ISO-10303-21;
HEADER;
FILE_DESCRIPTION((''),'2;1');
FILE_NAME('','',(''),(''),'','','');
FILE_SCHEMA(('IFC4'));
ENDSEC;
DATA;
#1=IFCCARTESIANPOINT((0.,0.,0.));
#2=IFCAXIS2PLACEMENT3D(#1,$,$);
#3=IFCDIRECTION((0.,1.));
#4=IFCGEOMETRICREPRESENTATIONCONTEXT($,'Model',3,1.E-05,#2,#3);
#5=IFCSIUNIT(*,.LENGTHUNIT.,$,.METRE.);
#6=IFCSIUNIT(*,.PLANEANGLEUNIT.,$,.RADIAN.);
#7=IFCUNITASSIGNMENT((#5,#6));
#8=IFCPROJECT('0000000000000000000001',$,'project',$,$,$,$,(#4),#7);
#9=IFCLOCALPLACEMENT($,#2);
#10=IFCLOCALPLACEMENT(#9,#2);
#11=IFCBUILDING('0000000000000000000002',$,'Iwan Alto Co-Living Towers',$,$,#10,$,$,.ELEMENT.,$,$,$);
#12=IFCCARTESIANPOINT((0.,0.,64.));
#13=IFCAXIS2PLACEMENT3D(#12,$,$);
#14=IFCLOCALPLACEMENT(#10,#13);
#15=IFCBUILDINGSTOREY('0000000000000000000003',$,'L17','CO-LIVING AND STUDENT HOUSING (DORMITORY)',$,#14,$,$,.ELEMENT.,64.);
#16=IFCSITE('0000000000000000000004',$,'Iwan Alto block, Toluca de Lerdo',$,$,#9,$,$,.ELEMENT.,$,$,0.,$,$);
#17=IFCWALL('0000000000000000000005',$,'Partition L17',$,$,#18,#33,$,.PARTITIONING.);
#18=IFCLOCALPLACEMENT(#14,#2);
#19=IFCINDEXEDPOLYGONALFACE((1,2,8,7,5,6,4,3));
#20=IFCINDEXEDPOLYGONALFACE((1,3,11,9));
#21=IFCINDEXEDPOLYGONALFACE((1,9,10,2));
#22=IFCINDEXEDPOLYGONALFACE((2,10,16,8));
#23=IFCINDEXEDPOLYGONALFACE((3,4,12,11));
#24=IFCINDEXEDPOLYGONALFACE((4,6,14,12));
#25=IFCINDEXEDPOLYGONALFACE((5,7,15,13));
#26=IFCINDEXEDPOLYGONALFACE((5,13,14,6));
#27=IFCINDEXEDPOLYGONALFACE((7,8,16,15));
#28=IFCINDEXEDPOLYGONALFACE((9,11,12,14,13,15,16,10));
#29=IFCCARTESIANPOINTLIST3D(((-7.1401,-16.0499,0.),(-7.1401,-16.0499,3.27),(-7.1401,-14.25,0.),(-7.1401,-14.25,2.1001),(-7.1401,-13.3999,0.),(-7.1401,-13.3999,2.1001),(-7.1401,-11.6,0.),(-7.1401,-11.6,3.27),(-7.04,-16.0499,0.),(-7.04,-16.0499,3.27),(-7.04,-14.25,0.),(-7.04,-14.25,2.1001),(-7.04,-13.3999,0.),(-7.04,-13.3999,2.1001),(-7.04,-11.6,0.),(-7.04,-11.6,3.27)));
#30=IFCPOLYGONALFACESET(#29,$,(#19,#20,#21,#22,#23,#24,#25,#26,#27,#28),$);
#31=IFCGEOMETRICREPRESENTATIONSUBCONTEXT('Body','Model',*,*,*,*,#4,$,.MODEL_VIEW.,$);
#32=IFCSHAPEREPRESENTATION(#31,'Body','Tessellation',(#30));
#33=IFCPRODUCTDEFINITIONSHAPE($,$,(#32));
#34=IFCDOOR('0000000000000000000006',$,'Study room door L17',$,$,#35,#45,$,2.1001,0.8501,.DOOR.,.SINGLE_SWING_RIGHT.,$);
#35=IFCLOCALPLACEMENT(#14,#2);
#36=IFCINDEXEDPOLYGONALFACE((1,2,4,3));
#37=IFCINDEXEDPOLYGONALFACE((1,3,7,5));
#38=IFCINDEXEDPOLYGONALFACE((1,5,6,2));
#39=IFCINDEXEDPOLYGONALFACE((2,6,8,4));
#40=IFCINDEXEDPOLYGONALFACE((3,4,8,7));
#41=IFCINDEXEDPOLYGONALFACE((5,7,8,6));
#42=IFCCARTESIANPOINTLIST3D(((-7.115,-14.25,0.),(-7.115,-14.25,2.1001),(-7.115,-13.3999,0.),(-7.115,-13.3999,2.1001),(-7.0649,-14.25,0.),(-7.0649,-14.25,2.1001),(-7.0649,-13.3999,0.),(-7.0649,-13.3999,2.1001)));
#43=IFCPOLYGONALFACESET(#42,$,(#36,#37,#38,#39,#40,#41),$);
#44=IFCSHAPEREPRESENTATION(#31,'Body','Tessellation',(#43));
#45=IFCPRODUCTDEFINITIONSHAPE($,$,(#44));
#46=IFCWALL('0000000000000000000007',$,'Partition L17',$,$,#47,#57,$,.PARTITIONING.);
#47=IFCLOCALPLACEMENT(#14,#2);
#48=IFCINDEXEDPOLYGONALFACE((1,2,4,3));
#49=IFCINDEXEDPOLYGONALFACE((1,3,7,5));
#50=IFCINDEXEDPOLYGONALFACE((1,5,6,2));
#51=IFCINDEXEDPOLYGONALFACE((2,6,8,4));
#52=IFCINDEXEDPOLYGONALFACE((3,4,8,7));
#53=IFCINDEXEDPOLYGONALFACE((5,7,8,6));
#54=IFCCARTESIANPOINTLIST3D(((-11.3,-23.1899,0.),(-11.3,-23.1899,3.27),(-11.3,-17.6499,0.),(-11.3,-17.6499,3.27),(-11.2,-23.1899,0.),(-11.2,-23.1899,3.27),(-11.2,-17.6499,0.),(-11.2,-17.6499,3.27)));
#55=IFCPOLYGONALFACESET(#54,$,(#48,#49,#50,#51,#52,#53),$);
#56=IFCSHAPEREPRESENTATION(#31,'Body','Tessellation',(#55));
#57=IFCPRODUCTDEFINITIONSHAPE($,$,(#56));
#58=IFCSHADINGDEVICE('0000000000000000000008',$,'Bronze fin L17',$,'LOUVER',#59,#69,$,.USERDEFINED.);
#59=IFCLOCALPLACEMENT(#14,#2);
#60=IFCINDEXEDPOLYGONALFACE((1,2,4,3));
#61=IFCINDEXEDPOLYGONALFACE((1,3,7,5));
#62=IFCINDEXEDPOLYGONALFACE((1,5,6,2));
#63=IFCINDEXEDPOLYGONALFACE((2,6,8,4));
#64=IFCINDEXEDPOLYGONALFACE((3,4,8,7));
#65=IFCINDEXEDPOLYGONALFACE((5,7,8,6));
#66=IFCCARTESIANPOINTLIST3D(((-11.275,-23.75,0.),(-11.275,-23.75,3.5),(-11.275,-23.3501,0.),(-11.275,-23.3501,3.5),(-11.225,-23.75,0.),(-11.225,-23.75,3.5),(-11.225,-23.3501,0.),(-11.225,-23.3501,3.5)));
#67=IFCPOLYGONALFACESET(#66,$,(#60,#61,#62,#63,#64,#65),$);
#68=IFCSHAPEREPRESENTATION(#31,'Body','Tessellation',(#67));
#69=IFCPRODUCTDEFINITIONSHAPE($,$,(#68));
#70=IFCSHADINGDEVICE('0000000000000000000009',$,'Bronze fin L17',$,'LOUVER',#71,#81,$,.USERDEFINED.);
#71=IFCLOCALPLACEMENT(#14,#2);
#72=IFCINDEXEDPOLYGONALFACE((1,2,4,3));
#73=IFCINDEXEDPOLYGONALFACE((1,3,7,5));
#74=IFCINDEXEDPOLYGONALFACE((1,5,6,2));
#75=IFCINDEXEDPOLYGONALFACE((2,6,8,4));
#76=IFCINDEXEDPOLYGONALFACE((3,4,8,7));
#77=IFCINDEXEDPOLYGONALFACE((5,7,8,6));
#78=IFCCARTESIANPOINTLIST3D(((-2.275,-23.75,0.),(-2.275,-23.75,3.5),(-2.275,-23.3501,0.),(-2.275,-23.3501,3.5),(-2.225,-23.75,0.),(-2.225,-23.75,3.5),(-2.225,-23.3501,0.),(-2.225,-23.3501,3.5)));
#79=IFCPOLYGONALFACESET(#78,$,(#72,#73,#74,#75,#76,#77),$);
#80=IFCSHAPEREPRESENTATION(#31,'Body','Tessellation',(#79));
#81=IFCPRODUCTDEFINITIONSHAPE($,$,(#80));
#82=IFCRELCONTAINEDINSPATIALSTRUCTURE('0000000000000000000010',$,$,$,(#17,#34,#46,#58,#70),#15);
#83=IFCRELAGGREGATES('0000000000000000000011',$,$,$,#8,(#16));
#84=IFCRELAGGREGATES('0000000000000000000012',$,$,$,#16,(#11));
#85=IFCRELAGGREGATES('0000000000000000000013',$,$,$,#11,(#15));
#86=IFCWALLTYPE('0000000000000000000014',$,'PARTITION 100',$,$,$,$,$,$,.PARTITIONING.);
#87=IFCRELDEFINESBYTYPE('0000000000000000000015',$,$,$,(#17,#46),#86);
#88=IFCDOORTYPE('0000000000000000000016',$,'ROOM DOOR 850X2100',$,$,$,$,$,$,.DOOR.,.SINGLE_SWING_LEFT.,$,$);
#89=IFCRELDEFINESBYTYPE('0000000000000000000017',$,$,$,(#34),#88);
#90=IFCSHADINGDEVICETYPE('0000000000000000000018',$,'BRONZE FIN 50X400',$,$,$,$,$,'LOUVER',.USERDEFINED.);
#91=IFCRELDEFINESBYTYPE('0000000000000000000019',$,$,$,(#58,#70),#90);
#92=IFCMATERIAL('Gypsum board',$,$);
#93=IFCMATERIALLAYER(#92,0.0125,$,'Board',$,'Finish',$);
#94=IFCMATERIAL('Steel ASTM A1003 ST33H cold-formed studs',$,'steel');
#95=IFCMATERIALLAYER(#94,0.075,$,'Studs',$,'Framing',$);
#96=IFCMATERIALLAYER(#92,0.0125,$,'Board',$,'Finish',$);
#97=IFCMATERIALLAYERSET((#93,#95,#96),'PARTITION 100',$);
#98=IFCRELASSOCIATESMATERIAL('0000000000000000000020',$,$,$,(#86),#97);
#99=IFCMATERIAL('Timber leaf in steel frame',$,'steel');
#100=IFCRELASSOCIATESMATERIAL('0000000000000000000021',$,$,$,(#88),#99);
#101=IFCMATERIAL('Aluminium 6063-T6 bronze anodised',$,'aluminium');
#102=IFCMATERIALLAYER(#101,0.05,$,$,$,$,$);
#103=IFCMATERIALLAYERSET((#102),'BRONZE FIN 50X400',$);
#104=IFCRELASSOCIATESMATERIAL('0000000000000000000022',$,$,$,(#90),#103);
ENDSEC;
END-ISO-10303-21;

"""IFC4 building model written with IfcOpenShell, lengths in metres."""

from ifc_helpers import new_model, si_unit, direction, frame, frame_2d, origin, origin_2d, place, context, subcontext, project, spatial, rectangle, extrude, material, layer, layer_set, type_object, element, fill, save


model = new_model("IFC4")

# Units and contexts
model_context = context("Model", 3, precision=1e-05, world=origin(), true_north=direction((0.0, 1.0)))
body_context = subcontext(model_context, "Body", "Model", "MODEL_VIEW")
ifc_project = project(units=[si_unit("LENGTHUNIT", "METRE"), si_unit("PLANEANGLEUNIT", "RADIAN")], contexts=[model_context])

# Site, building, storey
site_placement = place(None, origin())
site = spatial("IfcSite", under=ifc_project, at=site_placement, Name="Iwan Alto block, Toluca de Lerdo", CompositionType="ELEMENT", RefElevation=0.0)
building_placement = place(site_placement, origin())
building = spatial("IfcBuilding", under=site, at=building_placement, Name="Iwan Alto Co-Living Towers", CompositionType="ELEMENT")
storey_placement = place(building_placement, frame((0.0, 0.0, 64.0)))
storey = spatial("IfcBuildingStorey", under=building, at=storey_placement, Name="L17", Description="CO-LIVING AND STUDENT HOUSING (DORMITORY)", CompositionType="ELEMENT", Elevation=64.0)

# Shared definitions
ifc_material_1 = material(Name="Gypsum board")
ifc_layer_1 = layer(ifc_material_1, 0.0125, Name="Board", Category="Finish")
ifc_material_2 = material(Name="Steel ASTM A1003 ST33H cold-formed studs", Category="steel")
ifc_layer_2 = layer(ifc_material_2, 0.075, Name="Studs", Category="Framing")
ifc_layer_3 = layer(ifc_material_1, 0.0125, Name="Board", Category="Finish")
ifc_layer_set_1 = layer_set([ifc_layer_1, ifc_layer_2, ifc_layer_3], Name="PARTITION 100")
wall_type = type_object("IfcWallType", Name="PARTITION 100", PredefinedType="PARTITIONING", material=ifc_layer_set_1)

# Wall, opening, door
wall_1_placement = place(storey_placement, frame((-7.0901, -16.05, 0.0), z_axis=(0.0, 0.0, 1.0), x_axis=(0.0, 1.0, 0.0)))
wall_1 = element("IfcWall", 1, at=wall_1_placement, inside=storey, type_object=wall_type, Name="Partition L17", PredefinedType="PARTITIONING", context=body_context, shape_type="SweptSolid", body=[
    extrude(rectangle(XDim=4.45, YDim=0.1001, at=frame_2d((2.2251, 0.0))), origin(), (0.0, 0.0, 1.0), 3.27),
])
opening_1_placement = place(wall_1_placement, frame((1.8, 0.0, 0.0)))
opening_1 = element("IfcOpeningElement", 2, at=opening_1_placement, cuts=wall_1, PredefinedType="OPENING", context=body_context, shape_type="SweptSolid", body=[
    extrude(rectangle(XDim=0.8501, YDim=2.1001, at=frame_2d((0.425, 1.05))), frame((0.0, 0.0601, 0.0), z_axis=(0.0, -1.0, 0.0), x_axis=(1.0, 0.0, 0.0)), (0.0, 0.0, 1.0), 0.1201),
])
ifc_material_3 = material(Name="Timber leaf in steel frame", Category="steel")
door_type_1 = type_object("IfcDoorType", Name="ROOM DOOR 850X2100", OperationType="SINGLE_SWING_LEFT", PredefinedType="DOOR", material=ifc_material_3)
door_1_placement = place(opening_1_placement, origin())
door_1 = element("IfcDoor", 3, at=door_1_placement, inside=storey, type_object=door_type_1, Name="Study room door L17", OperationType="SINGLE_SWING_RIGHT", OverallHeight=2.1001, OverallWidth=0.8501, PredefinedType="DOOR", context=body_context, shape_type="SweptSolid", body=[
    extrude(rectangle(XDim=0.8501, YDim=2.1001, at=frame_2d((0.425, 1.05))), frame((0.0, 0.0249, 0.0), z_axis=(0.0, -1.0, 0.0), x_axis=(1.0, 0.0, 0.0)), (0.0, 0.0, 1.0), 0.05),
])
fill(opening_1, door_1)

# Wall
wall_2_placement = place(storey_placement, frame((-11.25, -23.1899, 0.0), z_axis=(0.0, 0.0, 1.0), x_axis=(0.0, 1.0, 0.0)))
element("IfcWall", 4, at=wall_2_placement, inside=storey, type_object=wall_type, Name="Partition L17", PredefinedType="PARTITIONING", context=body_context, shape_type="SweptSolid", body=[
    extrude(rectangle(XDim=5.54, YDim=0.1001, at=frame_2d((2.77, 0.0))), origin(), (0.0, 0.0, 1.0), 3.27),
])

# Shading devices
ifc_material_4 = material(Name="Aluminium 6063-T6 bronze anodised", Category="aluminium")
ifc_layer_4 = layer(ifc_material_4, 0.05)
ifc_layer_set_2 = layer_set([ifc_layer_4], Name="BRONZE FIN 50X400")
shading_device_type = type_object("IfcShadingDeviceType", Name="BRONZE FIN 50X400", ElementType="LOUVER", PredefinedType="USERDEFINED", material=ifc_layer_set_2)
for number, where, z_axis, x_axis, name in (
    (5, (-11.25, -23.55, 0.0), (0.0, 0.0, 1.0), (1.0, 0.0, 0.0), "Bronze fin L17"),
    (6, (-2.25, -23.55, 0.0), (0.0, 0.0, 1.0), (1.0, 0.0, 0.0), "Bronze fin L17"),
):
    element("IfcShadingDevice", number, at=place(storey_placement, frame(where, z_axis=z_axis, x_axis=x_axis)), inside=storey, type_object=shading_device_type, Name=name, ObjectType="LOUVER", PredefinedType="USERDEFINED", context=body_context, shape_type="SweptSolid", body=[
        extrude(rectangle(XDim=0.05, YDim=0.3999, at=origin_2d()), origin(), (0.0, 0.0, 1.0), 3.5),
    ])

save(model, "model.ifc")
